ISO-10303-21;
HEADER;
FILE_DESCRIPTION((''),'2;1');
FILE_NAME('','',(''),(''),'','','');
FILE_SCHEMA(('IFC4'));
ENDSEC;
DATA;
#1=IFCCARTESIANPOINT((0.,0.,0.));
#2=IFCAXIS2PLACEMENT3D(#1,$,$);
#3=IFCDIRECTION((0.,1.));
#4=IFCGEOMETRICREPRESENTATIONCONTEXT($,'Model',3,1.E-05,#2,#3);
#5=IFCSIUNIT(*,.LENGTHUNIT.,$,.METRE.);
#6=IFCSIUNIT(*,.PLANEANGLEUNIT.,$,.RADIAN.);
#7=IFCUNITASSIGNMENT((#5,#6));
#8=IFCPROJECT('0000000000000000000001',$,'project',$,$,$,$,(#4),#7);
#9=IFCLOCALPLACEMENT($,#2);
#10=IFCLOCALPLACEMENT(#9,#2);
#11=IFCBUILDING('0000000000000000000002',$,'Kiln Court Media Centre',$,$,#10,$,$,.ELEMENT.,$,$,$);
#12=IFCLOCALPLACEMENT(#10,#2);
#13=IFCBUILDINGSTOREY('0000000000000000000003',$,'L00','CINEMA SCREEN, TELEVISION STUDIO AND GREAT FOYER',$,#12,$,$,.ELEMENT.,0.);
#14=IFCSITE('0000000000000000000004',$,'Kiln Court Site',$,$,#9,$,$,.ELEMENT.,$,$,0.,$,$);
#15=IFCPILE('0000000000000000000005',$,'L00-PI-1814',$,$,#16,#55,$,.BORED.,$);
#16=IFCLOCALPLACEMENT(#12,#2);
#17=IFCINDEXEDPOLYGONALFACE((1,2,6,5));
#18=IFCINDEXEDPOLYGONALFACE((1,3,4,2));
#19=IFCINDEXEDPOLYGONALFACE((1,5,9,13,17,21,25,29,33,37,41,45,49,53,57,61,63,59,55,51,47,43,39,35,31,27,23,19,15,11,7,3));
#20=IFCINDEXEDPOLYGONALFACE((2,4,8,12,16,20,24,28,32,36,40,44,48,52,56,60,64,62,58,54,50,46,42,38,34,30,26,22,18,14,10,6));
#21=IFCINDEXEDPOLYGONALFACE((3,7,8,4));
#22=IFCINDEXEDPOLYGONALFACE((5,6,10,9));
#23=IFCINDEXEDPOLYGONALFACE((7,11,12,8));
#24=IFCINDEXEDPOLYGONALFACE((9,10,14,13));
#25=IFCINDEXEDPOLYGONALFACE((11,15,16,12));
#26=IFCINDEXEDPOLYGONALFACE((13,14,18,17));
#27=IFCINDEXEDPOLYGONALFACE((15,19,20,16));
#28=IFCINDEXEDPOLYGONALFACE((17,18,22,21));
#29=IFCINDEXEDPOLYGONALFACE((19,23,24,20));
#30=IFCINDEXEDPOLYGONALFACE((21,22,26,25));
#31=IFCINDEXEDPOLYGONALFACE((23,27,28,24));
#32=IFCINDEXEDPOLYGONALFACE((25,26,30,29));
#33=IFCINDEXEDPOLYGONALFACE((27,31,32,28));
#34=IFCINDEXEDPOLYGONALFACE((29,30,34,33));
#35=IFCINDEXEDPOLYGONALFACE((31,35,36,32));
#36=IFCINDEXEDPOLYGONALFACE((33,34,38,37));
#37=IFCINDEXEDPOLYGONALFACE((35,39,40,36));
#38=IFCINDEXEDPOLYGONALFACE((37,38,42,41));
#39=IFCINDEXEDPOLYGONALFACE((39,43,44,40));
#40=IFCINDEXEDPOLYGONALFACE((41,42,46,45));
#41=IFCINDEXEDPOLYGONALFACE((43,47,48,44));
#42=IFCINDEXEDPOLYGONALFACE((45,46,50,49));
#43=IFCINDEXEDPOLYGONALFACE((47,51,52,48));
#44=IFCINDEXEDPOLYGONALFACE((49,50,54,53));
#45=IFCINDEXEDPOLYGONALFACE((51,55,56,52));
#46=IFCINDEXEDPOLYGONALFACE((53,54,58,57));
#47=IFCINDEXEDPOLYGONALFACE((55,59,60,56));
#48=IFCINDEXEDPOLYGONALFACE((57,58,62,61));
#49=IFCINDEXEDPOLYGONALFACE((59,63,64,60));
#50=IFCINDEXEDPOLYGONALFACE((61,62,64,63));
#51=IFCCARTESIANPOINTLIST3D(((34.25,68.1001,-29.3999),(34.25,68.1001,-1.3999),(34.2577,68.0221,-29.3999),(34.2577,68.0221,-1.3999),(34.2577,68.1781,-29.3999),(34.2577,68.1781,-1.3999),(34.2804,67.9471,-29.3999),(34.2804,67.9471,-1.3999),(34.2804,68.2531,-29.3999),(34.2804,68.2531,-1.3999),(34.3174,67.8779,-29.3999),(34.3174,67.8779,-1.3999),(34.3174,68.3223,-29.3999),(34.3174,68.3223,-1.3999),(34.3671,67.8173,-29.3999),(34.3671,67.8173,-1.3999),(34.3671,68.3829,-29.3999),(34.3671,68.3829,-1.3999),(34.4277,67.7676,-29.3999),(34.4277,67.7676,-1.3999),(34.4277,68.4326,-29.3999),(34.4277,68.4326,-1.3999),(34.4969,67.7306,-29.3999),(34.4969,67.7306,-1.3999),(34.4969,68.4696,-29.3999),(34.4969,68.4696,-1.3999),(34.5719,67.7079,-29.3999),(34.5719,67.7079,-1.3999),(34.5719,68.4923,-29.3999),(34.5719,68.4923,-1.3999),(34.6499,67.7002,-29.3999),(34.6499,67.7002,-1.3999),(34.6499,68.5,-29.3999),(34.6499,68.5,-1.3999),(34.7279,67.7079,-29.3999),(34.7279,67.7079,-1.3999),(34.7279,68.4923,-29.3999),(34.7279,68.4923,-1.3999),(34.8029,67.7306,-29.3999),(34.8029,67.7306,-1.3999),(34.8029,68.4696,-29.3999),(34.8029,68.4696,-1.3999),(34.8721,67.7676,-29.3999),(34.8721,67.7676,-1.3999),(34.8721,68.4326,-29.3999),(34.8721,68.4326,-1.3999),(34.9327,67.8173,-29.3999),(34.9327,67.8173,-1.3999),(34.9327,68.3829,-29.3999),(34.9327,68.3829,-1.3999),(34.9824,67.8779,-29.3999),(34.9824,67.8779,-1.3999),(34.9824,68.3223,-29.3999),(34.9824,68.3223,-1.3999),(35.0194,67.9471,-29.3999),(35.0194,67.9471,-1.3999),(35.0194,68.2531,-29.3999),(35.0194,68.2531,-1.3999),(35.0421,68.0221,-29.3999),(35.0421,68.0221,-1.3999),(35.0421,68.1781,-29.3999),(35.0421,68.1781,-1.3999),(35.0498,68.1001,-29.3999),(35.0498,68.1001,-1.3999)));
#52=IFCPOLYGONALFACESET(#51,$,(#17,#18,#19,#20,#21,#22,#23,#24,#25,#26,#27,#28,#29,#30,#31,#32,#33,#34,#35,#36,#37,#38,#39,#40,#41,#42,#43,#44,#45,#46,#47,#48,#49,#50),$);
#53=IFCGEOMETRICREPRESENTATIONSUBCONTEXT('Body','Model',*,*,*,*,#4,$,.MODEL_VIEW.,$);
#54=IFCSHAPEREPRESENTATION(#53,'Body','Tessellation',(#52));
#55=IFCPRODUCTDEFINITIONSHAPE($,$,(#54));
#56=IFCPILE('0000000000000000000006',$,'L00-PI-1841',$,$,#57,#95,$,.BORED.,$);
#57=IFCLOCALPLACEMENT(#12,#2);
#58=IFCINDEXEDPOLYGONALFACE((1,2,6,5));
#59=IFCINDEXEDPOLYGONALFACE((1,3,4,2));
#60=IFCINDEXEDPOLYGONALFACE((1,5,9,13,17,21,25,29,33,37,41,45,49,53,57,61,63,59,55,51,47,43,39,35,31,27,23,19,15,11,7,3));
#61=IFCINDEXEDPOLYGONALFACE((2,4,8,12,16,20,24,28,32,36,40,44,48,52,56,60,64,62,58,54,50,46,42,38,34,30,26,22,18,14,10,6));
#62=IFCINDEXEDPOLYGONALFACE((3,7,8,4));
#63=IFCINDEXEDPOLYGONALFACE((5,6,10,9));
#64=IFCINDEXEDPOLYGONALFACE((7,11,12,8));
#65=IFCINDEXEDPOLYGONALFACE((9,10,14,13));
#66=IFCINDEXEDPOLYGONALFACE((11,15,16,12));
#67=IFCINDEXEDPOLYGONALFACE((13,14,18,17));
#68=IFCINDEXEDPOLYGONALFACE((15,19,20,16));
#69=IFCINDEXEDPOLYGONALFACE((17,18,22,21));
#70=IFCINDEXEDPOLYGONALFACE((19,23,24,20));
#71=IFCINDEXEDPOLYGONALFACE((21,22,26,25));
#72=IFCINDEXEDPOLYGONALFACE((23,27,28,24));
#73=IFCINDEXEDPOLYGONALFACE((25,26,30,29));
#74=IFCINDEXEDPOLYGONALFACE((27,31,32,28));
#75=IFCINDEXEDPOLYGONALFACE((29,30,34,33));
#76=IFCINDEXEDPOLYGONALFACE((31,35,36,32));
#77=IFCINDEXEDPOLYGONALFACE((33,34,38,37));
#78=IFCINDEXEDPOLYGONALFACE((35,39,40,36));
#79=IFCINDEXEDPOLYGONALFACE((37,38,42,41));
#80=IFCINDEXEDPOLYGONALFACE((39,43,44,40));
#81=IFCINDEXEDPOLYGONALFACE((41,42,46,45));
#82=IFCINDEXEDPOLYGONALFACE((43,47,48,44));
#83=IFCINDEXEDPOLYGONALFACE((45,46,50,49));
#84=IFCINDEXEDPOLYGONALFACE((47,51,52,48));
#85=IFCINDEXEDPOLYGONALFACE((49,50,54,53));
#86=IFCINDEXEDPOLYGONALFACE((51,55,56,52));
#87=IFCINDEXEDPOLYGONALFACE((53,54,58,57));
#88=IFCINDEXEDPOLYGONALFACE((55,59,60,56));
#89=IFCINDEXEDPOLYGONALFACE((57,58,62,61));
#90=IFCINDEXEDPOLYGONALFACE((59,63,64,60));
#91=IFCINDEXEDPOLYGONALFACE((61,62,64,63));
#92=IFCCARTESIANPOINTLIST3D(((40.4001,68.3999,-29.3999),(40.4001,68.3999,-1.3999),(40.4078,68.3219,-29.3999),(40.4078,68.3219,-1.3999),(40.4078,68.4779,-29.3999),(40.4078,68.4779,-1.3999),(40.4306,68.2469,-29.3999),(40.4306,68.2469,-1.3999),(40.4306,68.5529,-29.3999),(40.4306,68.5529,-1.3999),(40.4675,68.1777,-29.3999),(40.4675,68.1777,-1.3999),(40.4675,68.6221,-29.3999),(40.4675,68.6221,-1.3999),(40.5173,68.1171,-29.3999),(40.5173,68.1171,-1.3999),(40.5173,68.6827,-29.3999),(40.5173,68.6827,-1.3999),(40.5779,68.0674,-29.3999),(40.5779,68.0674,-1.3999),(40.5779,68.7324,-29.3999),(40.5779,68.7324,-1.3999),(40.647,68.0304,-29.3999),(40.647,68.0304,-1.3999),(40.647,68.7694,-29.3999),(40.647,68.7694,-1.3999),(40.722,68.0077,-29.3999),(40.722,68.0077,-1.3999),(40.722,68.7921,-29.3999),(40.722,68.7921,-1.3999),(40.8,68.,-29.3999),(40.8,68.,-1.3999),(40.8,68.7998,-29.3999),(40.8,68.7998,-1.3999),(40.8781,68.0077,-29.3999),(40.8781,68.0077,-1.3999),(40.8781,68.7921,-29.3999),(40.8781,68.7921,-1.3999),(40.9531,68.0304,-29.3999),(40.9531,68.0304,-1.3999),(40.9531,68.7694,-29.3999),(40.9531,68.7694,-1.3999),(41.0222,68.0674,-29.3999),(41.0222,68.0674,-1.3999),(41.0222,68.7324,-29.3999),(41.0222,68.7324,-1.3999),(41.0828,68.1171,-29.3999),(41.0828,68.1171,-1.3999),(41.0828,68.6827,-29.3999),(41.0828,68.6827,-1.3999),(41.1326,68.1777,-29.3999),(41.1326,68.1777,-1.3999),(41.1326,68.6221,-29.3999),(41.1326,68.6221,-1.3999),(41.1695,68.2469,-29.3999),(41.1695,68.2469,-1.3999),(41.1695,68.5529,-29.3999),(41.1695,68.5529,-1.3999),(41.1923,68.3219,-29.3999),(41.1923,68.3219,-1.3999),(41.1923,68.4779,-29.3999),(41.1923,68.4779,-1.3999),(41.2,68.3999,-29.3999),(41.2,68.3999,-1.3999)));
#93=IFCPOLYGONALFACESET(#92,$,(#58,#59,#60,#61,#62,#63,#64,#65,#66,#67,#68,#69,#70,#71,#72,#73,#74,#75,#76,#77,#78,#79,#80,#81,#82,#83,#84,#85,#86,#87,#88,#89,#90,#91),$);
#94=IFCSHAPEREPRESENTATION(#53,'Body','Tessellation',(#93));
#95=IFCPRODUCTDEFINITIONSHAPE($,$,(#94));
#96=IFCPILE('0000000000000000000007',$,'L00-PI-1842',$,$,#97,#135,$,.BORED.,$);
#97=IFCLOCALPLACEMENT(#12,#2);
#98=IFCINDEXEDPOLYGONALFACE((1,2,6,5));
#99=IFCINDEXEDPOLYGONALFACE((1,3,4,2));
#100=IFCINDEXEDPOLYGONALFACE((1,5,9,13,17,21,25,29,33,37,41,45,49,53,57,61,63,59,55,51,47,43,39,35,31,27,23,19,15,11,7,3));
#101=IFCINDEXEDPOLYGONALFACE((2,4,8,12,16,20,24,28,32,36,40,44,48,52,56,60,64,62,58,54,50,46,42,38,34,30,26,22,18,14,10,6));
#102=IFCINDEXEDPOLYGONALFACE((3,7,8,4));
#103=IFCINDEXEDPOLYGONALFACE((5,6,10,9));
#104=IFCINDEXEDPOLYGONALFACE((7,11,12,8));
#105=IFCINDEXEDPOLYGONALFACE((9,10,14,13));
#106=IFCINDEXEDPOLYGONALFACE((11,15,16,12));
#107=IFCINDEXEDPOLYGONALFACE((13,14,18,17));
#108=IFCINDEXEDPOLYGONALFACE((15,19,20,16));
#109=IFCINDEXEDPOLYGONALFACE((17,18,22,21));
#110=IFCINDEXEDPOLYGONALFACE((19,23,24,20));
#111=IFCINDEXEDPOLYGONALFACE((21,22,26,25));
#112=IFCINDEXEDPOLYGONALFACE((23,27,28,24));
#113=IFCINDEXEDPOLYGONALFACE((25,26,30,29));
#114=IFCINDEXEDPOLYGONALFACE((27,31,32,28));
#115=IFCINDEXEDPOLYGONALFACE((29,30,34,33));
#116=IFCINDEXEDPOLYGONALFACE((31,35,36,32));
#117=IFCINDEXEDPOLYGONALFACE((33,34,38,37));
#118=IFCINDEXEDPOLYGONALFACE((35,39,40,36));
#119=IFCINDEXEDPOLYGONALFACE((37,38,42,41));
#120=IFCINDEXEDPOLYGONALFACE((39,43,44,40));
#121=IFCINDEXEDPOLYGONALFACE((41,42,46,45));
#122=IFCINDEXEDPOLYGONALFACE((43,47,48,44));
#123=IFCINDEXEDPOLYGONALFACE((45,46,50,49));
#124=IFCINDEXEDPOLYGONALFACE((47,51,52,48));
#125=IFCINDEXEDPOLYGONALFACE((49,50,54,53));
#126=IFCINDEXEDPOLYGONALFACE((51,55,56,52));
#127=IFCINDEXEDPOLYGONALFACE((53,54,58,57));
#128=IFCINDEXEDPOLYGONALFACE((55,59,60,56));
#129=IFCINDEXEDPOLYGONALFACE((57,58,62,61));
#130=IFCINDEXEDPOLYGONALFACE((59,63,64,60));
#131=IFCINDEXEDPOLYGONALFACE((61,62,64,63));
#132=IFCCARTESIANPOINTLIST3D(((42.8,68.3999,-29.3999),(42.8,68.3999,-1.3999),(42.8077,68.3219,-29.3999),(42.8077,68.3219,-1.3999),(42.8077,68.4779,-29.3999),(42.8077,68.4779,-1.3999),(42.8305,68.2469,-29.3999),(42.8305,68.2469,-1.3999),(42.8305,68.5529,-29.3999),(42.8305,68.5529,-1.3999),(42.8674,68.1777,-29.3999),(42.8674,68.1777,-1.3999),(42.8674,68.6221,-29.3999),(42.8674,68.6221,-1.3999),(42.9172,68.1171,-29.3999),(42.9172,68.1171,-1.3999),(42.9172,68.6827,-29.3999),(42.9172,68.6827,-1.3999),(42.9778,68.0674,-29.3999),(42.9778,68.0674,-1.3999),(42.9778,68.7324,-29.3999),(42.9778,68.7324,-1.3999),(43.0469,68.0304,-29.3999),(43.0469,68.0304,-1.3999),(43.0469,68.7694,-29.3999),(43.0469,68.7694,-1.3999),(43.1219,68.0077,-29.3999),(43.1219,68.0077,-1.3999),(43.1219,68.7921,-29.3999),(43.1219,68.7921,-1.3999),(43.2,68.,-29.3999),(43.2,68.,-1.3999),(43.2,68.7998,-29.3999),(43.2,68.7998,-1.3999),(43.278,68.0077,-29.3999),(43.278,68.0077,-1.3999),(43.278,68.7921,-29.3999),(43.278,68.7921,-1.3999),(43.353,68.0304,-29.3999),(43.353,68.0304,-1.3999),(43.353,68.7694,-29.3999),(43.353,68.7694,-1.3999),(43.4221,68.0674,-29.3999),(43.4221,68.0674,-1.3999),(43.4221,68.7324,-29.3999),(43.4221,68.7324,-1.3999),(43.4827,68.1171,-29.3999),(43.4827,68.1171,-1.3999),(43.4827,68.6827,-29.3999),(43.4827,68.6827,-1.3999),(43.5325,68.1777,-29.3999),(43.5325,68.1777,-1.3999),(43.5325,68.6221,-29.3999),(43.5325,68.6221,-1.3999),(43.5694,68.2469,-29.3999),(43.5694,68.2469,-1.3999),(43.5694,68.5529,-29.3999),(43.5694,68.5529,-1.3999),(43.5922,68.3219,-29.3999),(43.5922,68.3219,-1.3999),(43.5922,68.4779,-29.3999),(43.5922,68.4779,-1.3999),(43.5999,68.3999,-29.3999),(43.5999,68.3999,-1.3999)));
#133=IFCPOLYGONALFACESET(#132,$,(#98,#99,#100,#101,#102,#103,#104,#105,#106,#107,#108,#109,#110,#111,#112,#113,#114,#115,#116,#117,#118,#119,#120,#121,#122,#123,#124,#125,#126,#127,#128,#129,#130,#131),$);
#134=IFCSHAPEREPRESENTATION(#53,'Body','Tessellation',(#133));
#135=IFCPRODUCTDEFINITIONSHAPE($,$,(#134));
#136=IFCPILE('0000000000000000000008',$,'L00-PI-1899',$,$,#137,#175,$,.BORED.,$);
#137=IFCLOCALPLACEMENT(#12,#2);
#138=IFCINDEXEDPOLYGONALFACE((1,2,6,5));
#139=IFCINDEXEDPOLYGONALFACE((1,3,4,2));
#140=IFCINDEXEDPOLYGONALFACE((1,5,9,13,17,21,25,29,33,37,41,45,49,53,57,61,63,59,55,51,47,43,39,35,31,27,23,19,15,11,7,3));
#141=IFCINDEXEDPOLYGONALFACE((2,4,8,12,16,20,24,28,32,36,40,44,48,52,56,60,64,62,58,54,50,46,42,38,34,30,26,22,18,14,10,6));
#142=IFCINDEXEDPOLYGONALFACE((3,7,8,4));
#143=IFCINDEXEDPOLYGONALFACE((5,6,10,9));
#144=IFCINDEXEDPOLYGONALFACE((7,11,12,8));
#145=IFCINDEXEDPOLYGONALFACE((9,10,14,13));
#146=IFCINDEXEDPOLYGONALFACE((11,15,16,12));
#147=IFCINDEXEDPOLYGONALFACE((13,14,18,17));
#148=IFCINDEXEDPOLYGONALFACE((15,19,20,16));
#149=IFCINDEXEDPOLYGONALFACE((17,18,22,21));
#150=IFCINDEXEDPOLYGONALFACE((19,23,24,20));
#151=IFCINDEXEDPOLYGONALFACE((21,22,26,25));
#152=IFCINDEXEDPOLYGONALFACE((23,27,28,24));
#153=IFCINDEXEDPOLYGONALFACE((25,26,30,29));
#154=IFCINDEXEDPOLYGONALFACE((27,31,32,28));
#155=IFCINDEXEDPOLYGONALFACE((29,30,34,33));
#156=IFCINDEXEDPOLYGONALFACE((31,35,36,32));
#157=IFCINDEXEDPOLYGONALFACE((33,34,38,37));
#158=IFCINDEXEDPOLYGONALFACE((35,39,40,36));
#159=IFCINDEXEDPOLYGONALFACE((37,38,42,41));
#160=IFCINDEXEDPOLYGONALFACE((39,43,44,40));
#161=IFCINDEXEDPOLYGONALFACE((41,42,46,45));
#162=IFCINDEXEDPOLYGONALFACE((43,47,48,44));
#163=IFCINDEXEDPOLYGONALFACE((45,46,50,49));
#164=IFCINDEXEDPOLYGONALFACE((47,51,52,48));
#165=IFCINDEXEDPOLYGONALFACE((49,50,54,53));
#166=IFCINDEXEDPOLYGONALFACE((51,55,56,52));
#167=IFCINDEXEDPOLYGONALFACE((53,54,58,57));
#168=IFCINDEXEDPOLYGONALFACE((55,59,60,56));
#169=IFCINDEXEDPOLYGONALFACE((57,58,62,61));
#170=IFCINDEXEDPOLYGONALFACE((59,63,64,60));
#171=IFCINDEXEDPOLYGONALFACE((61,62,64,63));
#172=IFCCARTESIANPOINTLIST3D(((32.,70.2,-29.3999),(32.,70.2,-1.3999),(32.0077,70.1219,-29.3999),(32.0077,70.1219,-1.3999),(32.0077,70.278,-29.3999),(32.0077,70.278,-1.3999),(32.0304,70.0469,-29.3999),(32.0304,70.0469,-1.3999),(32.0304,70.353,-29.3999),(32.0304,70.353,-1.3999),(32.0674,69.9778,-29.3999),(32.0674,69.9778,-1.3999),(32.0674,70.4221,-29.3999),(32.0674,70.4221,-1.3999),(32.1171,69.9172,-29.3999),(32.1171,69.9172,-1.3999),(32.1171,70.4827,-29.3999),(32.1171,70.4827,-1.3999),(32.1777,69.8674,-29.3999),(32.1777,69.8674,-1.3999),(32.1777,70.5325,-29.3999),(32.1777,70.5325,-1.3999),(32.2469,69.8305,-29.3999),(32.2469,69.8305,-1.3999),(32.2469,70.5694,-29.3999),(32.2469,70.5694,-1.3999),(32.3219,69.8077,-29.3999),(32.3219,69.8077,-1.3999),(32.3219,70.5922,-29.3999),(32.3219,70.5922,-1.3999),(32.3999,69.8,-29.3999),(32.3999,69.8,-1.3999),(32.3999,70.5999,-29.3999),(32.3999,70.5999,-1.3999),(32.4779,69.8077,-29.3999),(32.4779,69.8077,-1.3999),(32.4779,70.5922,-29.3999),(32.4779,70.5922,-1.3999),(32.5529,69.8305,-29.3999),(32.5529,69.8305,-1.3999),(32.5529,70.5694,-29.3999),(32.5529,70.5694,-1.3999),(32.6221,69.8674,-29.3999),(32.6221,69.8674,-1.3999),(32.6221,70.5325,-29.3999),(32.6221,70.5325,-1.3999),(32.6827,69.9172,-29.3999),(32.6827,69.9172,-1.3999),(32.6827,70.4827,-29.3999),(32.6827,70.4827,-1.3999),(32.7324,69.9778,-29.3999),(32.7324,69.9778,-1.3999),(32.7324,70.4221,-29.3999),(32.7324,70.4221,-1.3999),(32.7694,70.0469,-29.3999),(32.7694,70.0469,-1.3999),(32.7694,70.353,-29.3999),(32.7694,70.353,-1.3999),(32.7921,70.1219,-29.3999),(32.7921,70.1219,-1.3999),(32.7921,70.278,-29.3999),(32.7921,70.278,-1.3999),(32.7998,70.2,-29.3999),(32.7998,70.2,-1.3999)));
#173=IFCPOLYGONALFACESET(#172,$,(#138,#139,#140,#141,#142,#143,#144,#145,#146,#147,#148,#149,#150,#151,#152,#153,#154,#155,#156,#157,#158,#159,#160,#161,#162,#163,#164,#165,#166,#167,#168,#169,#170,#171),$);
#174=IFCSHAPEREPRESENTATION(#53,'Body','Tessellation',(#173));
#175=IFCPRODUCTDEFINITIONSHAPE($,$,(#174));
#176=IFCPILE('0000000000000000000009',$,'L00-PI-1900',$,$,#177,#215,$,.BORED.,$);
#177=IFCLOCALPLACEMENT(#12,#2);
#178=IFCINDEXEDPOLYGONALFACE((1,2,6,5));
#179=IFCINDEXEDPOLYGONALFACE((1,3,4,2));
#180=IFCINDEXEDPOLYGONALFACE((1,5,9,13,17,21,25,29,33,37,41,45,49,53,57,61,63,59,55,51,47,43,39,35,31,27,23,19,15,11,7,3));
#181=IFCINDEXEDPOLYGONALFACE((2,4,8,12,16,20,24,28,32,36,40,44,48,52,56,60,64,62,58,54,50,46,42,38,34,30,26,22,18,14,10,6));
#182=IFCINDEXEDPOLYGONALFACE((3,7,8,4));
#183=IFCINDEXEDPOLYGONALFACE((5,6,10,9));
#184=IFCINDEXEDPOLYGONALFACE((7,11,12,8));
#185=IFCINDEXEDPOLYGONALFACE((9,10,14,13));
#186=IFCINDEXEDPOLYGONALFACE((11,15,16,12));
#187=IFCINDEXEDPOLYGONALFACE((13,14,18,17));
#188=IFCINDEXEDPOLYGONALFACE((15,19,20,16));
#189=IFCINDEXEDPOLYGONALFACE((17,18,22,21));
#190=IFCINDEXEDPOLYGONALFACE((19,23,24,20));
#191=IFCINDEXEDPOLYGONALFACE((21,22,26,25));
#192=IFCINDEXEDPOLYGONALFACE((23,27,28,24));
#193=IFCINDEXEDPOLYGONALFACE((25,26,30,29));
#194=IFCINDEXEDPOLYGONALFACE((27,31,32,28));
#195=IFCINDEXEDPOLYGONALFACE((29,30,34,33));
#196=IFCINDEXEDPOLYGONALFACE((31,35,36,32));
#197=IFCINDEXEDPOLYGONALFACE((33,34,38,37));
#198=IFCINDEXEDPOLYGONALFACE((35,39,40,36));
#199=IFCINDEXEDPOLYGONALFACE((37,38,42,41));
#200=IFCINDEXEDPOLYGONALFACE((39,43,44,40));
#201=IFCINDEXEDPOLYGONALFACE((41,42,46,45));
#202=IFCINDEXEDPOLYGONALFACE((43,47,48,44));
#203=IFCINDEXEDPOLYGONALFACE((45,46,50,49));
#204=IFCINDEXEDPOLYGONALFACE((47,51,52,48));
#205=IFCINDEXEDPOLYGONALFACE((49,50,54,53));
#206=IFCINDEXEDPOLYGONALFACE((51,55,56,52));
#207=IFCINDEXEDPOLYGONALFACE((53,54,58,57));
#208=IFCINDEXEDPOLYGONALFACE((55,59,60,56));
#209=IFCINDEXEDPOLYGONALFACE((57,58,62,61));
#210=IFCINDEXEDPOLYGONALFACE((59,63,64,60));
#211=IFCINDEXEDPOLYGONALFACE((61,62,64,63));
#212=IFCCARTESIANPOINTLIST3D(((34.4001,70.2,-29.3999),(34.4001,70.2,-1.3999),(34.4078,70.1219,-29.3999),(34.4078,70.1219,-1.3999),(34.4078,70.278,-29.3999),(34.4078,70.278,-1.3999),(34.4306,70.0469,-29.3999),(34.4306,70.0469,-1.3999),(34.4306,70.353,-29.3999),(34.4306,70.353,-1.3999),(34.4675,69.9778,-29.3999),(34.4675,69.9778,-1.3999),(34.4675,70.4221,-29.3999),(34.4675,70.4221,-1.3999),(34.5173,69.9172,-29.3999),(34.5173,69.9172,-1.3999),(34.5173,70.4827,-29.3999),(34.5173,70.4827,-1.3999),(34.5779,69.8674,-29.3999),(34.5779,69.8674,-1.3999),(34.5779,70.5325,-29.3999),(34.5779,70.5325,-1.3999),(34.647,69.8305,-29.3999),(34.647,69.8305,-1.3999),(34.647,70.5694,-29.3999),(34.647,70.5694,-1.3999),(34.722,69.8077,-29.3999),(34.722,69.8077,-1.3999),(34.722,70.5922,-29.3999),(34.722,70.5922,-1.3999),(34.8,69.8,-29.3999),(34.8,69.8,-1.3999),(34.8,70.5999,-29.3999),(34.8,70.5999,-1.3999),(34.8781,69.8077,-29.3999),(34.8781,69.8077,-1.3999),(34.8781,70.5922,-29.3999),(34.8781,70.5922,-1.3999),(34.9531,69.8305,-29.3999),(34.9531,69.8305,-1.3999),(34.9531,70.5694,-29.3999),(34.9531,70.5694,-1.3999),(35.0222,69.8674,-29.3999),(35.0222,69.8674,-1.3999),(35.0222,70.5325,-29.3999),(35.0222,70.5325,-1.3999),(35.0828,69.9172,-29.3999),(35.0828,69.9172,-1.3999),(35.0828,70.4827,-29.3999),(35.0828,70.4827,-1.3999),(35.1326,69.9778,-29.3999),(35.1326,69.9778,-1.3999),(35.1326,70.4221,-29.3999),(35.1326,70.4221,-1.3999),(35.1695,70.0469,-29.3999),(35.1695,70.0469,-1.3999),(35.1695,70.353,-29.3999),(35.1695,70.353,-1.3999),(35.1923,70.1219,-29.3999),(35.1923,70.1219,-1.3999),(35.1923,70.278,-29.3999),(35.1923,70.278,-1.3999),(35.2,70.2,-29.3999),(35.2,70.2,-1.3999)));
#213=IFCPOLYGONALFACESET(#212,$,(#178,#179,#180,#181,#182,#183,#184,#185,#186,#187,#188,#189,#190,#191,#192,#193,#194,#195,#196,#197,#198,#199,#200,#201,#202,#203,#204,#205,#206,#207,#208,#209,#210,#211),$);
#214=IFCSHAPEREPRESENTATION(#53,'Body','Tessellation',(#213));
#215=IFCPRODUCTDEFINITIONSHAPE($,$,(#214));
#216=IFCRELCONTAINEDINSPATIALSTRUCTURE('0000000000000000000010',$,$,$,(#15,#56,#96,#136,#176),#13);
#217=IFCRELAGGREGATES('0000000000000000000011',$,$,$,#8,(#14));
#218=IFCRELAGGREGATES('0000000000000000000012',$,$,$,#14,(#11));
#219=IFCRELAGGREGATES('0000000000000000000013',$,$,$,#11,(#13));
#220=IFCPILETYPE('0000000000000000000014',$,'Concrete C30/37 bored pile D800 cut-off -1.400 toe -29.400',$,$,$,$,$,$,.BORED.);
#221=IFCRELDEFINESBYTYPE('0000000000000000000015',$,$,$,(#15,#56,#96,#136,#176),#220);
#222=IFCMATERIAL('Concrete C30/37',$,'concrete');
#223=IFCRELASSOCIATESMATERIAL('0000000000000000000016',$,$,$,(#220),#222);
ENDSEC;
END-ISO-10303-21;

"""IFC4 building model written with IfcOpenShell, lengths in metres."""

from ifc_helpers import new_model, si_unit, direction, frame, origin, origin_2d, place, context, subcontext, project, spatial, circle, extrude, material, material_profile, profile_set, type_object, element, save


model = new_model("IFC4")

# Units and contexts
model_context = context("Model", 3, precision=1e-05, world=origin(), true_north=direction((0.0, 1.0)))
body_context = subcontext(model_context, "Body", "Model", "MODEL_VIEW")
ifc_project = project(units=[si_unit("LENGTHUNIT", "METRE"), si_unit("PLANEANGLEUNIT", "RADIAN")], contexts=[model_context])

# Site, building, storey
site_placement = place(None, origin())
site = spatial("IfcSite", under=ifc_project, at=site_placement, Name="Kiln Court Site", CompositionType="ELEMENT", RefElevation=0.0)
building_placement = place(site_placement, origin())
building = spatial("IfcBuilding", under=site, at=building_placement, Name="Kiln Court Media Centre", CompositionType="ELEMENT")
storey_placement = place(building_placement, origin())
storey = spatial("IfcBuildingStorey", under=building, at=storey_placement, Name="L00", Description="CINEMA SCREEN, TELEVISION STUDIO AND GREAT FOYER", CompositionType="ELEMENT", Elevation=0.0)

# Piles
ifc_material_1 = material(Name="Concrete C30/37", Category="concrete")
ifc_material_profile_1 = material_profile(ifc_material_1, circle(Radius=0.3999, at=origin_2d()), Name="PILE D800")
ifc_profile_set_1 = profile_set([ifc_material_profile_1], Name="Concrete C30/37")
pile_type_1 = type_object("IfcPileType", Name="Concrete C30/37 bored pile D800 cut-off -1.400 toe -29.400", PredefinedType="BORED", material=ifc_profile_set_1)
for number, where, z_axis, x_axis, name in (
    (1, (34.6499, 68.1001, -1.3999), (0.0, 0.0, -1.0), (1.0, 0.0, 0.0), "L00-PI-1814"),
    (2, (40.8, 68.3999, -1.3999), (0.0, 0.0, -1.0), (1.0, 0.0, 0.0), "L00-PI-1841"),
    (3, (43.2, 68.3999, -1.3999), (0.0, 0.0, -1.0), (1.0, 0.0, 0.0), "L00-PI-1842"),
    (4, (32.3999, 70.2, -1.3999), (0.0, 0.0, -1.0), (1.0, 0.0, 0.0), "L00-PI-1899"),
    (5, (34.8, 70.2, -1.3999), (0.0, 0.0, -1.0), (1.0, 0.0, 0.0), "L00-PI-1900"),
):
    element("IfcPile", number, at=place(storey_placement, frame(where, z_axis=z_axis, x_axis=x_axis)), inside=storey, type_object=pile_type_1, Name=name, PredefinedType="BORED", context=body_context, shape_type="SweptSolid", body=[
        extrude(circle(Radius=0.3999, at=origin_2d()), origin(), (0.0, 0.0, 1.0), 28.0),
    ])

save(model, "model.ifc")
